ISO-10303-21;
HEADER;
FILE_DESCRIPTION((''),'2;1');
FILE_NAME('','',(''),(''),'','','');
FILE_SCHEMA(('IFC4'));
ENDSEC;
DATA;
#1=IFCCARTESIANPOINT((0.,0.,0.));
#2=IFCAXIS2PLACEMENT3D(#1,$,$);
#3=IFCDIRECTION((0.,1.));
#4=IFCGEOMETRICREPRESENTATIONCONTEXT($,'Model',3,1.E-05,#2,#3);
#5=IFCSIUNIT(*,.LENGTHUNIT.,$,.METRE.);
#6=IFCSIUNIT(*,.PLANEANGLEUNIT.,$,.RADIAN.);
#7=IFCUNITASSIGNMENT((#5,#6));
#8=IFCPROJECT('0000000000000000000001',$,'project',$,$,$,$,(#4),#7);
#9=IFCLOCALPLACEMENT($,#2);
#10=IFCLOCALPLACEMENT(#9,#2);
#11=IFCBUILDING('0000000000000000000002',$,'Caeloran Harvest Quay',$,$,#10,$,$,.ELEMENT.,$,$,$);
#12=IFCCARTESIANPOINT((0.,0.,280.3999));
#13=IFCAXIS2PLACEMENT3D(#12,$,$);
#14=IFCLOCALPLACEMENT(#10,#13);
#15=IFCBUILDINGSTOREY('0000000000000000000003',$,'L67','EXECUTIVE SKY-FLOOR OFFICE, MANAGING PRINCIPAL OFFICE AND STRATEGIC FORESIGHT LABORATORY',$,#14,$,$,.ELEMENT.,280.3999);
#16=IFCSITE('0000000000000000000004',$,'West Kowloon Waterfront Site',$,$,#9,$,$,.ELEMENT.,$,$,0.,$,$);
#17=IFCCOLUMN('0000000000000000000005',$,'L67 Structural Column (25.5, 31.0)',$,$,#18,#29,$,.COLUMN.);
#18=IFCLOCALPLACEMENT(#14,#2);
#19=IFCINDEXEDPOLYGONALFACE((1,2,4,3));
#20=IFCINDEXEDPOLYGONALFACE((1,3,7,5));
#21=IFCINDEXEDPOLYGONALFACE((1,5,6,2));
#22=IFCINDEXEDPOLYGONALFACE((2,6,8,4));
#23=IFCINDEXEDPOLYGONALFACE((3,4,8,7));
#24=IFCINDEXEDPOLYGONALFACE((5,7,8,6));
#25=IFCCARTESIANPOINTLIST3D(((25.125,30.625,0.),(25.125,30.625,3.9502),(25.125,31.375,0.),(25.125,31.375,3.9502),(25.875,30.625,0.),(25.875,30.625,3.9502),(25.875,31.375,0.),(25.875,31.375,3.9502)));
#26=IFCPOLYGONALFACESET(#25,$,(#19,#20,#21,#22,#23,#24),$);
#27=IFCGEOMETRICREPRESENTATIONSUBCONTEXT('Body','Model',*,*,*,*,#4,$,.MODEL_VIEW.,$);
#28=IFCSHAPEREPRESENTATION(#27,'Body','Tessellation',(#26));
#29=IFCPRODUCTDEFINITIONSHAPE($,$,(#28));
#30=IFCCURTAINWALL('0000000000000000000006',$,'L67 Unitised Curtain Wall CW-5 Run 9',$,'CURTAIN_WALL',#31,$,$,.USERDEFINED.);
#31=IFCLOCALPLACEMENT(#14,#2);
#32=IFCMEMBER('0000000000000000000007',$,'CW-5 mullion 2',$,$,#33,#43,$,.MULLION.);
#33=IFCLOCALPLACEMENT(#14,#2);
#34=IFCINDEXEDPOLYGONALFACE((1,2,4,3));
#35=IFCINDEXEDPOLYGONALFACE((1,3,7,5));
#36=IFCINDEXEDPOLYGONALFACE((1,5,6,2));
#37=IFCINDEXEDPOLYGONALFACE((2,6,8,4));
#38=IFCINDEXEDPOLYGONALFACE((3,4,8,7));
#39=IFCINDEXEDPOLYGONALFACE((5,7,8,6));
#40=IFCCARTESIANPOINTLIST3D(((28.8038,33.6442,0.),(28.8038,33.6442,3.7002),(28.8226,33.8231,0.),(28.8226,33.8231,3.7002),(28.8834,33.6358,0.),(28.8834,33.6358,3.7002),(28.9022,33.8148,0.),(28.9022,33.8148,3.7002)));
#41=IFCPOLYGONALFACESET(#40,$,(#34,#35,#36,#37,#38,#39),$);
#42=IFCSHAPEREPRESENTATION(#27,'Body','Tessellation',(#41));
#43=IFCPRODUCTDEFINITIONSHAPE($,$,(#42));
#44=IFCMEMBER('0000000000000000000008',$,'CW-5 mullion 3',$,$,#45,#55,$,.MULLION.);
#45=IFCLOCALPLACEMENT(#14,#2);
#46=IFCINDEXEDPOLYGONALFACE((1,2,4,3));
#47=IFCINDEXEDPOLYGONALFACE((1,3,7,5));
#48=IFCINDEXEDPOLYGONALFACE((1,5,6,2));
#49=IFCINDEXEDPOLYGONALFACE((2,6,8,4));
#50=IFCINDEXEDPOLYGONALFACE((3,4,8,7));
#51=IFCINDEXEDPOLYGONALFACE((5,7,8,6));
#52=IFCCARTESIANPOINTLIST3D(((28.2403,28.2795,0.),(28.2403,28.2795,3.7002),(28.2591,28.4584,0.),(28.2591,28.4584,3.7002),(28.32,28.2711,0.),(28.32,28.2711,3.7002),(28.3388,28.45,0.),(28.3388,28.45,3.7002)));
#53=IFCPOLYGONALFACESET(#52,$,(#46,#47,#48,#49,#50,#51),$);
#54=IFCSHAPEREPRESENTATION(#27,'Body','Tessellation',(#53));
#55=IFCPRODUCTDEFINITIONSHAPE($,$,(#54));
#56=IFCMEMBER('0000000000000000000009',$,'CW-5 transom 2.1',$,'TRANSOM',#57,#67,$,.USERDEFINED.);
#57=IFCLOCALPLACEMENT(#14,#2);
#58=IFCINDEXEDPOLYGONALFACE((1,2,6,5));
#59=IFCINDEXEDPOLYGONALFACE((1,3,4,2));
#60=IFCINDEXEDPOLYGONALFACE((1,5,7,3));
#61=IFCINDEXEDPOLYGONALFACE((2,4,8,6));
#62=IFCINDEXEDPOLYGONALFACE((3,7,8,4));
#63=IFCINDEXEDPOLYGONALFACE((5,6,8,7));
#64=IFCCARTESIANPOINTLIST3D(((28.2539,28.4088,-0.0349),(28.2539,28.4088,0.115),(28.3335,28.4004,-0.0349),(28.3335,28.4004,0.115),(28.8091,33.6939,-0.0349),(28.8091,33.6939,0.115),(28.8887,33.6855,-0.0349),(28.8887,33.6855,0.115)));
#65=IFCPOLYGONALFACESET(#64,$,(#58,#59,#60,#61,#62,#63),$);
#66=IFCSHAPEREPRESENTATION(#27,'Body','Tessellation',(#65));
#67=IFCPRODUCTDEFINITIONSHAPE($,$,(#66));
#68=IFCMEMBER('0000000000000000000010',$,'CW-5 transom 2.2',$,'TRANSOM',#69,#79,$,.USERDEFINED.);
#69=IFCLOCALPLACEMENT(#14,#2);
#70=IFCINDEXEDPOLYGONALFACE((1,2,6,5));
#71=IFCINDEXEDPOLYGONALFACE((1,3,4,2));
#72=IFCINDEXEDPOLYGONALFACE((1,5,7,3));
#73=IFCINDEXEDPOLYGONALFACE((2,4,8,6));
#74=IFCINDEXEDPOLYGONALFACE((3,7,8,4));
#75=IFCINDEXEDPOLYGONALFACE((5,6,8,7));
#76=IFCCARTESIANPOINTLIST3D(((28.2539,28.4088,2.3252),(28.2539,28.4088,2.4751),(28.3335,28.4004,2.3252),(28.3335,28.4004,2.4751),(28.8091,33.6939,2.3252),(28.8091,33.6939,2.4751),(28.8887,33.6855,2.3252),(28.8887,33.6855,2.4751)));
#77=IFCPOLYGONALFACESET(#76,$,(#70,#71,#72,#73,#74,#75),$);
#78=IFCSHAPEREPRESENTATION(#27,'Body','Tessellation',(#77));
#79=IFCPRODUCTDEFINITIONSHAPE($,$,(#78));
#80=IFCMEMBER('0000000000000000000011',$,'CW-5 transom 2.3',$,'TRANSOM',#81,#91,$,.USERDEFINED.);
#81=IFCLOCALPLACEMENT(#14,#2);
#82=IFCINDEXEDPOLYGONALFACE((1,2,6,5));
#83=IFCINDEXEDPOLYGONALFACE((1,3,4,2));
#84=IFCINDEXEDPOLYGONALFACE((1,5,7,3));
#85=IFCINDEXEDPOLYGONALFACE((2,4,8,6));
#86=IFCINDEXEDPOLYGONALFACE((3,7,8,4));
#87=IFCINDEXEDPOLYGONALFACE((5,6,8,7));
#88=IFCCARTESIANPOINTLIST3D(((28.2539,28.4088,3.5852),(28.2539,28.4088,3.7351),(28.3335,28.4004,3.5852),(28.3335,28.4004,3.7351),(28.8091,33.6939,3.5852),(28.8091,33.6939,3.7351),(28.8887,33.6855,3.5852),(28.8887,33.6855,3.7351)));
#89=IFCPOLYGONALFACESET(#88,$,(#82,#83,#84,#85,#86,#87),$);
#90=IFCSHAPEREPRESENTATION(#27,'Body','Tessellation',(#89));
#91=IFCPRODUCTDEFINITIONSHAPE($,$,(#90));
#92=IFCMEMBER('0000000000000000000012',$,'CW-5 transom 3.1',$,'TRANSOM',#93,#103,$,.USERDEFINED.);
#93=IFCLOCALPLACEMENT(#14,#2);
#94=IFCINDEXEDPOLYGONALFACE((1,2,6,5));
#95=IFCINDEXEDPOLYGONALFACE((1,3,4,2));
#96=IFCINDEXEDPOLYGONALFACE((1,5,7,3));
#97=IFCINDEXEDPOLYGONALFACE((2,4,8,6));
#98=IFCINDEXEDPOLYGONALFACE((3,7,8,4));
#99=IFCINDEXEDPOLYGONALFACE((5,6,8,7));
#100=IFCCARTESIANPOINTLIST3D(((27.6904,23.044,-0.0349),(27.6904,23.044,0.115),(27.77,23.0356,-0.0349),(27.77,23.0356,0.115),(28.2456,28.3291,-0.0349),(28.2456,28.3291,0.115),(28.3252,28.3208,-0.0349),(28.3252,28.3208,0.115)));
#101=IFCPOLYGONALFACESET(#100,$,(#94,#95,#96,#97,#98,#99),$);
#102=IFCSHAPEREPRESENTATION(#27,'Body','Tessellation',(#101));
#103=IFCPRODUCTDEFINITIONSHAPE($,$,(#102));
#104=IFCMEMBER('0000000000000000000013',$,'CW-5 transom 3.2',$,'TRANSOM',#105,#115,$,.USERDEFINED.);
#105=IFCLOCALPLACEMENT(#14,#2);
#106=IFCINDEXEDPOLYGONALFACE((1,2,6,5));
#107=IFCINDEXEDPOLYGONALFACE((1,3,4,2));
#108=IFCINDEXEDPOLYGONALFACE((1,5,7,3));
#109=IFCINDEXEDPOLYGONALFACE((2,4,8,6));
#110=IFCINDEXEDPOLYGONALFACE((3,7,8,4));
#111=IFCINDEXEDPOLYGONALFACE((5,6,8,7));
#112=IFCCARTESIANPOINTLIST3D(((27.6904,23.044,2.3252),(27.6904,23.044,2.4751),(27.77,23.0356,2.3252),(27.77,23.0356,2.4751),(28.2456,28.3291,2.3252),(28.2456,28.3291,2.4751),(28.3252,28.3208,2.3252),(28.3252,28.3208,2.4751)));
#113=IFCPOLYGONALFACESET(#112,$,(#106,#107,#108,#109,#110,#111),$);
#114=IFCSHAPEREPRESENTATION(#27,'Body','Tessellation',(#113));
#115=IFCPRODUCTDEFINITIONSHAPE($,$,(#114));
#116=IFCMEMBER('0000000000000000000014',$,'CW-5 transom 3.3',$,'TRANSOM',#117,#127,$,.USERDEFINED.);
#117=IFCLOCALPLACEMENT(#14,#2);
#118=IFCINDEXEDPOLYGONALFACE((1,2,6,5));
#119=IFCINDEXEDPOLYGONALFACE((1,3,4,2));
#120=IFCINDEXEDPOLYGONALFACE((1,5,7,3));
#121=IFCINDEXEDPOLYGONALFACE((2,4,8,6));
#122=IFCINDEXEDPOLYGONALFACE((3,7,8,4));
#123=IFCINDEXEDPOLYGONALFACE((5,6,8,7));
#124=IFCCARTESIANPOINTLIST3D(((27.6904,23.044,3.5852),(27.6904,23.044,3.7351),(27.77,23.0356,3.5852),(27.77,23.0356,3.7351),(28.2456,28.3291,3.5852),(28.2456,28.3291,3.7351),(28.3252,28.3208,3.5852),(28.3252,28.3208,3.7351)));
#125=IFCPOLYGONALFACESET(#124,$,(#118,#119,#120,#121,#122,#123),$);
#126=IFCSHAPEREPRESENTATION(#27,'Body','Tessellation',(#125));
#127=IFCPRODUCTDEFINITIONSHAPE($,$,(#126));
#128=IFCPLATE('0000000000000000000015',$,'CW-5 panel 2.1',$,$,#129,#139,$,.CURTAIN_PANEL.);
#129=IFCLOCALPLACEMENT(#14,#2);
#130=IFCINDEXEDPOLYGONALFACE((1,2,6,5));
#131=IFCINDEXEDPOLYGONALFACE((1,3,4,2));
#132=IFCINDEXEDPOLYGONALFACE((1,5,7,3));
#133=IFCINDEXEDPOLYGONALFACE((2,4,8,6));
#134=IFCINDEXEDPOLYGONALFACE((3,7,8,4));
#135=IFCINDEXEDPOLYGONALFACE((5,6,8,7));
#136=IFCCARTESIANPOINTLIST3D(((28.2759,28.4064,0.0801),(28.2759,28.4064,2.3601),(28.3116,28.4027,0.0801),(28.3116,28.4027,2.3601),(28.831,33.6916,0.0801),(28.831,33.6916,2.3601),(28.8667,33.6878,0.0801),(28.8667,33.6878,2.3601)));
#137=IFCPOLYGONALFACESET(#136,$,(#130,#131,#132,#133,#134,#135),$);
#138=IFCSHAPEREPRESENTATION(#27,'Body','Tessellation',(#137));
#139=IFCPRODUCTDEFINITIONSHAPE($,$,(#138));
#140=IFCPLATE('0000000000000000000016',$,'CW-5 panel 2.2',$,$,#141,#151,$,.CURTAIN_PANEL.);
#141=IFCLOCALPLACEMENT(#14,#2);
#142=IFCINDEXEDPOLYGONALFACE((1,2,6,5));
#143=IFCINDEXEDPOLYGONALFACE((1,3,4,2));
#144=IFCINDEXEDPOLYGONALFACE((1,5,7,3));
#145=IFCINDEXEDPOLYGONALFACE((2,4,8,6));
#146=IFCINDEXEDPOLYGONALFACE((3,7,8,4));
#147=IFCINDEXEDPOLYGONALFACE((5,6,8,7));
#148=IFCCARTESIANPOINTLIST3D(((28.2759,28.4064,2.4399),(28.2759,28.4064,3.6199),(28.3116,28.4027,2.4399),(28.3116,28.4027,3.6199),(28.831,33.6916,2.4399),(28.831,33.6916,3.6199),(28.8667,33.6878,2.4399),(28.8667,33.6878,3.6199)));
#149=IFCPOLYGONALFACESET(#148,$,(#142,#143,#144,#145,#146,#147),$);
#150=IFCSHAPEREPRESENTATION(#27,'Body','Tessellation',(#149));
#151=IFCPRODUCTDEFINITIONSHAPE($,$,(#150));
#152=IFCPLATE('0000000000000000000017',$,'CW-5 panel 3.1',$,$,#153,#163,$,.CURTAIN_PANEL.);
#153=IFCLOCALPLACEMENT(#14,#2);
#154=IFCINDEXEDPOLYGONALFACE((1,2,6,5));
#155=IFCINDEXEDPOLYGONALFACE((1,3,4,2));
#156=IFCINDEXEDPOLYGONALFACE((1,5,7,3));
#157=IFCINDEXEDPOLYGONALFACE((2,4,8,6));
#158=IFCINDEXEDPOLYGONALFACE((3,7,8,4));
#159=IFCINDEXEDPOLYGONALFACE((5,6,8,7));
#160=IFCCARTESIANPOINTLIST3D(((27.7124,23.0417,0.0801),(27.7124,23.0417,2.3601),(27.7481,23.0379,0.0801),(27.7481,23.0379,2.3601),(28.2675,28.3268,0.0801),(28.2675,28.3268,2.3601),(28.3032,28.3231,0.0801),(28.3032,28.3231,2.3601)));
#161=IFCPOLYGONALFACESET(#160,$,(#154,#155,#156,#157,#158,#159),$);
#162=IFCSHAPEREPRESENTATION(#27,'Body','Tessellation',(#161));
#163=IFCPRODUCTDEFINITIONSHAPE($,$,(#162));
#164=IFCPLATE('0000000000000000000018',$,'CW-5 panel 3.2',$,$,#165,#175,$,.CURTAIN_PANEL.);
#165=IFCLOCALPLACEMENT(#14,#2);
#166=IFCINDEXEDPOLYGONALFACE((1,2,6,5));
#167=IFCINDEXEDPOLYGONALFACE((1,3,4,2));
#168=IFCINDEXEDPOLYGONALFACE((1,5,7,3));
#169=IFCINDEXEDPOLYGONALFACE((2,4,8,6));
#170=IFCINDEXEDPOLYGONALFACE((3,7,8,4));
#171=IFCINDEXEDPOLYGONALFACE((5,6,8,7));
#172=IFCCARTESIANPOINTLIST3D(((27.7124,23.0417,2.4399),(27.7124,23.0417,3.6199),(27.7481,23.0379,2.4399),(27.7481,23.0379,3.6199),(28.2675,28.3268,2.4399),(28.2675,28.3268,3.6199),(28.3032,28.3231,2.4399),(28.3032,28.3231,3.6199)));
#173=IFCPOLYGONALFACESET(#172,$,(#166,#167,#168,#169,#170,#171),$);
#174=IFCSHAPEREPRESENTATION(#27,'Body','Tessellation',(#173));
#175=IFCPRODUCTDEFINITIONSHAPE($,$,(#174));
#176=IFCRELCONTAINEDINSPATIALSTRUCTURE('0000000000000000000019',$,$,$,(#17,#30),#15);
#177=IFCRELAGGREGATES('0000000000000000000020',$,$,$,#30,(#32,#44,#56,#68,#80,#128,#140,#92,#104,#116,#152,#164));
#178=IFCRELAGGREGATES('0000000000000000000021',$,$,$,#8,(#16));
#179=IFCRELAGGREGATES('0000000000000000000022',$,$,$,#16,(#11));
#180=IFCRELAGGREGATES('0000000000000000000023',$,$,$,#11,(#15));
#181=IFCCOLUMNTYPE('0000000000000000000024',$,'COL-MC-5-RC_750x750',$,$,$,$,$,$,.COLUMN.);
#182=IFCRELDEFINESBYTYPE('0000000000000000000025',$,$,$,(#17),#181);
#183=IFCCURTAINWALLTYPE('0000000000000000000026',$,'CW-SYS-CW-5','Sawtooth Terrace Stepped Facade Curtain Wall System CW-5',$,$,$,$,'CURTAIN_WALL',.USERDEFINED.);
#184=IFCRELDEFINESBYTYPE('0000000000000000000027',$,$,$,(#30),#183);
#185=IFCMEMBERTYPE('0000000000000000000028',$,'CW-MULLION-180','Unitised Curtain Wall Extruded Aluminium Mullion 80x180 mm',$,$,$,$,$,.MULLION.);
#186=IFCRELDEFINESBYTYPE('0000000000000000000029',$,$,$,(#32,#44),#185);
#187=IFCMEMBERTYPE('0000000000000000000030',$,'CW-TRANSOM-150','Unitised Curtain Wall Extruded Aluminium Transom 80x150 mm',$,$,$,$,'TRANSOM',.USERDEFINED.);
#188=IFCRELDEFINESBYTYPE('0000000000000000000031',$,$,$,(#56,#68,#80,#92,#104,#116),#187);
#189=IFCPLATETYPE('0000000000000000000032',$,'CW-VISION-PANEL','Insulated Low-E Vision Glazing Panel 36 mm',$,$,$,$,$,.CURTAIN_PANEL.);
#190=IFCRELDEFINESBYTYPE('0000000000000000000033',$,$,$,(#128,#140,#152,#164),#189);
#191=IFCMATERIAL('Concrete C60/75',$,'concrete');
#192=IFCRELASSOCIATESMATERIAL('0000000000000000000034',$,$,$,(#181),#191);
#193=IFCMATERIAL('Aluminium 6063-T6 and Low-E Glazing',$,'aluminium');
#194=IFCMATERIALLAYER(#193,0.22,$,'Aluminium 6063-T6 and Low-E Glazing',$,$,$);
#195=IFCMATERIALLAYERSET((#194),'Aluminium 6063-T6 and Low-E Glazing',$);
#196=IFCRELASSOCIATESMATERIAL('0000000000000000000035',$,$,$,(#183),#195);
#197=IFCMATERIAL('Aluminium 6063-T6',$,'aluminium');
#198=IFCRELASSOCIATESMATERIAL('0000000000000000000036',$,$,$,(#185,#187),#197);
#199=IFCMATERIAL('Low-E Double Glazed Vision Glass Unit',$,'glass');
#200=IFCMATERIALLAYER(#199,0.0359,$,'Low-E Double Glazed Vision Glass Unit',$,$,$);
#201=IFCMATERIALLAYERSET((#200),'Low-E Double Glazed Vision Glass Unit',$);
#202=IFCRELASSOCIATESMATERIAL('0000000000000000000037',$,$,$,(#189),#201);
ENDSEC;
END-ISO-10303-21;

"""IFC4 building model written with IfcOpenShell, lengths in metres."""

from ifc_helpers import new_model, si_unit, direction, frame, origin, origin_2d, place, context, subcontext, project, spatial, rectangle, extrude, material, layer, layer_set, material_profile, profile_set, type_object, element, aggregate, save


model = new_model("IFC4")

# Units and contexts
model_context = context("Model", 3, precision=1e-05, world=origin(), true_north=direction((0.0, 1.0)))
body_context = subcontext(model_context, "Body", "Model", "MODEL_VIEW")
ifc_project = project(units=[si_unit("LENGTHUNIT", "METRE"), si_unit("PLANEANGLEUNIT", "RADIAN")], contexts=[model_context])

# Site, building, storey
site_placement = place(None, origin())
site = spatial("IfcSite", under=ifc_project, at=site_placement, Name="West Kowloon Waterfront Site", CompositionType="ELEMENT", RefElevation=0.0)
building_placement = place(site_placement, origin())
building = spatial("IfcBuilding", under=site, at=building_placement, Name="Caeloran Harvest Quay", CompositionType="ELEMENT")
storey_placement = place(building_placement, frame((0.0, 0.0, 280.3999)))
storey = spatial("IfcBuildingStorey", under=building, at=storey_placement, Name="L67", Description="EXECUTIVE SKY-FLOOR OFFICE, MANAGING PRINCIPAL OFFICE AND STRATEGIC FORESIGHT LABORATORY", CompositionType="ELEMENT", Elevation=280.3999)

# Column
ifc_material_1 = material(Name="Concrete C60/75", Category="concrete")
ifc_material_profile_1 = material_profile(ifc_material_1, rectangle(XDim=0.75, YDim=0.75, at=origin_2d()), Name="RC 750x750")
ifc_profile_set_1 = profile_set([ifc_material_profile_1], Name="Concrete C60/75")
column_type = type_object("IfcColumnType", Name="COL-MC-5-RC_750x750", PredefinedType="COLUMN", material=ifc_profile_set_1)
column_placement = place(storey_placement, frame((25.5, 31.0, 0.0), z_axis=(0.0, 0.0, 1.0), x_axis=(1.0, 0.0, 0.0)))
element("IfcColumn", 1, at=column_placement, inside=storey, type_object=column_type, Name="L67 Structural Column (25.5, 31.0)", PredefinedType="COLUMN", context=body_context, shape_type="SweptSolid", body=[
    extrude(rectangle(XDim=0.75, YDim=0.75, at=origin_2d()), origin(), (0.0, 0.0, 1.0), 3.9502),
])

# Curtain wall, members, plates
ifc_material_2 = material(Name="Aluminium 6063-T6 and Low-E Glazing", Category="aluminium")
ifc_layer_1 = layer(ifc_material_2, 0.22, Name="Aluminium 6063-T6 and Low-E Glazing")
ifc_layer_set_1 = layer_set([ifc_layer_1], Name="Aluminium 6063-T6 and Low-E Glazing")
curtain_wall_type = type_object("IfcCurtainWallType", Name="CW-SYS-CW-5", Description="Sawtooth Terrace Stepped Facade Curtain Wall System CW-5", ElementType="CURTAIN_WALL", PredefinedType="USERDEFINED", material=ifc_layer_set_1)
curtain_wall_placement = place(storey_placement, origin())
curtain_wall = element("IfcCurtainWall", 2, at=curtain_wall_placement, inside=storey, type_object=curtain_wall_type, Name="L67 Unitised Curtain Wall CW-5 Run 9", ObjectType="CURTAIN_WALL", PredefinedType="USERDEFINED")
ifc_material_3 = material(Name="Aluminium 6063-T6", Category="aluminium")
ifc_material_profile_2 = material_profile(ifc_material_3, rectangle(XDim=0.0801, YDim=0.1799, at=origin_2d()), Name="CW-MULLION-180")
ifc_profile_set_2 = profile_set([ifc_material_profile_2], Name="Aluminium 6063-T6")
member_type_1 = type_object("IfcMemberType", Name="CW-MULLION-180", Description="Unitised Curtain Wall Extruded Aluminium Mullion 80x180 mm", PredefinedType="MULLION", material=ifc_profile_set_2)
member_1_placement = place(storey_placement, frame((28.853, 33.7295, 0.0), z_axis=(0.0, 0.0, 1.0), x_axis=(0.994529, -0.10446, 0.0)))
member_1 = element("IfcMember", 3, at=member_1_placement, type_object=member_type_1, Name="CW-5 mullion 2", PredefinedType="MULLION", context=body_context, shape_type="SweptSolid", body=[
    extrude(rectangle(XDim=0.0801, YDim=0.1799, at=origin_2d()), origin(), (0.0, 0.0, 1.0), 3.7002),
])
member_2_placement = place(storey_placement, frame((28.2896, 28.3647, 0.0), z_axis=(0.0, 0.0, 1.0), x_axis=(0.994529, -0.10446, 0.0)))
member_2 = element("IfcMember", 4, at=member_2_placement, type_object=member_type_1, Name="CW-5 mullion 3", PredefinedType="MULLION", context=body_context, shape_type="SweptSolid", body=[
    extrude(rectangle(XDim=0.0801, YDim=0.1799, at=origin_2d()), origin(), (0.0, 0.0, 1.0), 3.7002),
])
ifc_material_profile_3 = material_profile(ifc_material_3, rectangle(XDim=0.0801, YDim=0.1499, at=origin_2d()), Name="CW-TRANSOM-150")
ifc_profile_set_3 = profile_set([ifc_material_profile_3], Name="Aluminium 6063-T6")
member_type_2 = type_object("IfcMemberType", Name="CW-TRANSOM-150", Description="Unitised Curtain Wall Extruded Aluminium Transom 80x150 mm", ElementType="TRANSOM", PredefinedType="USERDEFINED", material=ifc_profile_set_3)
member_3_placement = place(storey_placement, frame((28.8489, 33.6897, 0.04), z_axis=(-0.10447, -0.994528, 0.0), x_axis=(0.994528, -0.10447, 0.0)))
member_3 = element("IfcMember", 5, at=member_3_placement, type_object=member_type_2, Name="CW-5 transom 2.1", ObjectType="TRANSOM", PredefinedType="USERDEFINED", context=body_context, shape_type="SweptSolid", body=[
    extrude(rectangle(XDim=0.0801, YDim=0.1499, at=origin_2d()), origin(), (0.0, 0.0, 1.0), 5.3142),
])
member_4_placement = place(storey_placement, frame((28.8489, 33.6897, 2.4001), z_axis=(-0.10447, -0.994528, 0.0), x_axis=(0.994528, -0.10447, 0.0)))
member_4 = element("IfcMember", 6, at=member_4_placement, type_object=member_type_2, Name="CW-5 transom 2.2", ObjectType="TRANSOM", PredefinedType="USERDEFINED", context=body_context, shape_type="SweptSolid", body=[
    extrude(rectangle(XDim=0.0801, YDim=0.1499, at=origin_2d()), origin(), (0.0, 0.0, 1.0), 5.3142),
])
member_5_placement = place(storey_placement, frame((28.8489, 33.6897, 3.6602), z_axis=(-0.10447, -0.994528, 0.0), x_axis=(0.994528, -0.10447, 0.0)))
member_5 = element("IfcMember", 7, at=member_5_placement, type_object=member_type_2, Name="CW-5 transom 2.3", ObjectType="TRANSOM", PredefinedType="USERDEFINED", context=body_context, shape_type="SweptSolid", body=[
    extrude(rectangle(XDim=0.0801, YDim=0.1499, at=origin_2d()), origin(), (0.0, 0.0, 1.0), 5.3142),
])
member_6_placement = place(storey_placement, frame((28.2854, 28.325, 0.04), z_axis=(-0.10447, -0.994528, 0.0), x_axis=(0.994528, -0.10447, 0.0)))
member_6 = element("IfcMember", 8, at=member_6_placement, type_object=member_type_2, Name="CW-5 transom 3.1", ObjectType="TRANSOM", PredefinedType="USERDEFINED", context=body_context, shape_type="SweptSolid", body=[
    extrude(rectangle(XDim=0.0801, YDim=0.1499, at=origin_2d()), origin(), (0.0, 0.0, 1.0), 5.3142),
])
member_7_placement = place(storey_placement, frame((28.2854, 28.325, 2.4001), z_axis=(-0.10447, -0.994528, 0.0), x_axis=(0.994528, -0.10447, 0.0)))
member_7 = element("IfcMember", 9, at=member_7_placement, type_object=member_type_2, Name="CW-5 transom 3.2", ObjectType="TRANSOM", PredefinedType="USERDEFINED", context=body_context, shape_type="SweptSolid", body=[
    extrude(rectangle(XDim=0.0801, YDim=0.1499, at=origin_2d()), origin(), (0.0, 0.0, 1.0), 5.3142),
])
member_8_placement = place(storey_placement, frame((28.2854, 28.325, 3.6602), z_axis=(-0.10447, -0.994528, 0.0), x_axis=(0.994528, -0.10447, 0.0)))
member_8 = element("IfcMember", 10, at=member_8_placement, type_object=member_type_2, Name="CW-5 transom 3.3", ObjectType="TRANSOM", PredefinedType="USERDEFINED", context=body_context, shape_type="SweptSolid", body=[
    extrude(rectangle(XDim=0.0801, YDim=0.1499, at=origin_2d()), origin(), (0.0, 0.0, 1.0), 5.3142),
])
ifc_material_4 = material(Name="Low-E Double Glazed Vision Glass Unit", Category="glass")
ifc_layer_2 = layer(ifc_material_4, 0.0359, Name="Low-E Double Glazed Vision Glass Unit")
ifc_layer_set_2 = layer_set([ifc_layer_2], Name="Low-E Double Glazed Vision Glass Unit")
plate_type = type_object("IfcPlateType", Name="CW-VISION-PANEL", Description="Insulated Low-E Vision Glazing Panel 36 mm", PredefinedType="CURTAIN_PANEL", material=ifc_layer_set_2)
plate_1_placement = place(storey_placement, frame((28.5713, 31.0471, 0.0801), z_axis=(0.0, 0.0, 1.0), x_axis=(-0.10446, -0.994529, 0.0)))
plate_1 = element("IfcPlate", 11, at=plate_1_placement, type_object=plate_type, Name="CW-5 panel 2.1", PredefinedType="CURTAIN_PANEL", context=body_context, shape_type="SweptSolid", body=[
    extrude(rectangle(XDim=5.3142, YDim=0.0359, at=origin_2d()), origin(), (0.0, 0.0, 1.0), 2.28),
])
plate_2_placement = place(storey_placement, frame((28.5713, 31.0471, 2.4399), z_axis=(0.0, 0.0, 1.0), x_axis=(-0.10446, -0.994529, 0.0)))
plate_2 = element("IfcPlate", 12, at=plate_2_placement, type_object=plate_type, Name="CW-5 panel 2.2", PredefinedType="CURTAIN_PANEL", context=body_context, shape_type="SweptSolid", body=[
    extrude(rectangle(XDim=5.3142, YDim=0.0359, at=origin_2d()), origin(), (0.0, 0.0, 1.0), 1.1799),
])
plate_3_placement = place(storey_placement, frame((28.0078, 25.6824, 0.0801), z_axis=(0.0, 0.0, 1.0), x_axis=(-0.10446, -0.994529, 0.0)))
plate_3 = element("IfcPlate", 13, at=plate_3_placement, type_object=plate_type, Name="CW-5 panel 3.1", PredefinedType="CURTAIN_PANEL", context=body_context, shape_type="SweptSolid", body=[
    extrude(rectangle(XDim=5.3142, YDim=0.0359, at=origin_2d()), origin(), (0.0, 0.0, 1.0), 2.28),
])
plate_4_placement = place(storey_placement, frame((28.0078, 25.6824, 2.4399), z_axis=(0.0, 0.0, 1.0), x_axis=(-0.10446, -0.994529, 0.0)))
plate_4 = element("IfcPlate", 14, at=plate_4_placement, type_object=plate_type, Name="CW-5 panel 3.2", PredefinedType="CURTAIN_PANEL", context=body_context, shape_type="SweptSolid", body=[
    extrude(rectangle(XDim=5.3142, YDim=0.0359, at=origin_2d()), origin(), (0.0, 0.0, 1.0), 1.1799),
])
aggregate(curtain_wall, [member_1, member_2, member_3, member_4, member_5, plate_1, plate_2, member_6, member_7, member_8, plate_3, plate_4])

save(model, "model.ifc")
